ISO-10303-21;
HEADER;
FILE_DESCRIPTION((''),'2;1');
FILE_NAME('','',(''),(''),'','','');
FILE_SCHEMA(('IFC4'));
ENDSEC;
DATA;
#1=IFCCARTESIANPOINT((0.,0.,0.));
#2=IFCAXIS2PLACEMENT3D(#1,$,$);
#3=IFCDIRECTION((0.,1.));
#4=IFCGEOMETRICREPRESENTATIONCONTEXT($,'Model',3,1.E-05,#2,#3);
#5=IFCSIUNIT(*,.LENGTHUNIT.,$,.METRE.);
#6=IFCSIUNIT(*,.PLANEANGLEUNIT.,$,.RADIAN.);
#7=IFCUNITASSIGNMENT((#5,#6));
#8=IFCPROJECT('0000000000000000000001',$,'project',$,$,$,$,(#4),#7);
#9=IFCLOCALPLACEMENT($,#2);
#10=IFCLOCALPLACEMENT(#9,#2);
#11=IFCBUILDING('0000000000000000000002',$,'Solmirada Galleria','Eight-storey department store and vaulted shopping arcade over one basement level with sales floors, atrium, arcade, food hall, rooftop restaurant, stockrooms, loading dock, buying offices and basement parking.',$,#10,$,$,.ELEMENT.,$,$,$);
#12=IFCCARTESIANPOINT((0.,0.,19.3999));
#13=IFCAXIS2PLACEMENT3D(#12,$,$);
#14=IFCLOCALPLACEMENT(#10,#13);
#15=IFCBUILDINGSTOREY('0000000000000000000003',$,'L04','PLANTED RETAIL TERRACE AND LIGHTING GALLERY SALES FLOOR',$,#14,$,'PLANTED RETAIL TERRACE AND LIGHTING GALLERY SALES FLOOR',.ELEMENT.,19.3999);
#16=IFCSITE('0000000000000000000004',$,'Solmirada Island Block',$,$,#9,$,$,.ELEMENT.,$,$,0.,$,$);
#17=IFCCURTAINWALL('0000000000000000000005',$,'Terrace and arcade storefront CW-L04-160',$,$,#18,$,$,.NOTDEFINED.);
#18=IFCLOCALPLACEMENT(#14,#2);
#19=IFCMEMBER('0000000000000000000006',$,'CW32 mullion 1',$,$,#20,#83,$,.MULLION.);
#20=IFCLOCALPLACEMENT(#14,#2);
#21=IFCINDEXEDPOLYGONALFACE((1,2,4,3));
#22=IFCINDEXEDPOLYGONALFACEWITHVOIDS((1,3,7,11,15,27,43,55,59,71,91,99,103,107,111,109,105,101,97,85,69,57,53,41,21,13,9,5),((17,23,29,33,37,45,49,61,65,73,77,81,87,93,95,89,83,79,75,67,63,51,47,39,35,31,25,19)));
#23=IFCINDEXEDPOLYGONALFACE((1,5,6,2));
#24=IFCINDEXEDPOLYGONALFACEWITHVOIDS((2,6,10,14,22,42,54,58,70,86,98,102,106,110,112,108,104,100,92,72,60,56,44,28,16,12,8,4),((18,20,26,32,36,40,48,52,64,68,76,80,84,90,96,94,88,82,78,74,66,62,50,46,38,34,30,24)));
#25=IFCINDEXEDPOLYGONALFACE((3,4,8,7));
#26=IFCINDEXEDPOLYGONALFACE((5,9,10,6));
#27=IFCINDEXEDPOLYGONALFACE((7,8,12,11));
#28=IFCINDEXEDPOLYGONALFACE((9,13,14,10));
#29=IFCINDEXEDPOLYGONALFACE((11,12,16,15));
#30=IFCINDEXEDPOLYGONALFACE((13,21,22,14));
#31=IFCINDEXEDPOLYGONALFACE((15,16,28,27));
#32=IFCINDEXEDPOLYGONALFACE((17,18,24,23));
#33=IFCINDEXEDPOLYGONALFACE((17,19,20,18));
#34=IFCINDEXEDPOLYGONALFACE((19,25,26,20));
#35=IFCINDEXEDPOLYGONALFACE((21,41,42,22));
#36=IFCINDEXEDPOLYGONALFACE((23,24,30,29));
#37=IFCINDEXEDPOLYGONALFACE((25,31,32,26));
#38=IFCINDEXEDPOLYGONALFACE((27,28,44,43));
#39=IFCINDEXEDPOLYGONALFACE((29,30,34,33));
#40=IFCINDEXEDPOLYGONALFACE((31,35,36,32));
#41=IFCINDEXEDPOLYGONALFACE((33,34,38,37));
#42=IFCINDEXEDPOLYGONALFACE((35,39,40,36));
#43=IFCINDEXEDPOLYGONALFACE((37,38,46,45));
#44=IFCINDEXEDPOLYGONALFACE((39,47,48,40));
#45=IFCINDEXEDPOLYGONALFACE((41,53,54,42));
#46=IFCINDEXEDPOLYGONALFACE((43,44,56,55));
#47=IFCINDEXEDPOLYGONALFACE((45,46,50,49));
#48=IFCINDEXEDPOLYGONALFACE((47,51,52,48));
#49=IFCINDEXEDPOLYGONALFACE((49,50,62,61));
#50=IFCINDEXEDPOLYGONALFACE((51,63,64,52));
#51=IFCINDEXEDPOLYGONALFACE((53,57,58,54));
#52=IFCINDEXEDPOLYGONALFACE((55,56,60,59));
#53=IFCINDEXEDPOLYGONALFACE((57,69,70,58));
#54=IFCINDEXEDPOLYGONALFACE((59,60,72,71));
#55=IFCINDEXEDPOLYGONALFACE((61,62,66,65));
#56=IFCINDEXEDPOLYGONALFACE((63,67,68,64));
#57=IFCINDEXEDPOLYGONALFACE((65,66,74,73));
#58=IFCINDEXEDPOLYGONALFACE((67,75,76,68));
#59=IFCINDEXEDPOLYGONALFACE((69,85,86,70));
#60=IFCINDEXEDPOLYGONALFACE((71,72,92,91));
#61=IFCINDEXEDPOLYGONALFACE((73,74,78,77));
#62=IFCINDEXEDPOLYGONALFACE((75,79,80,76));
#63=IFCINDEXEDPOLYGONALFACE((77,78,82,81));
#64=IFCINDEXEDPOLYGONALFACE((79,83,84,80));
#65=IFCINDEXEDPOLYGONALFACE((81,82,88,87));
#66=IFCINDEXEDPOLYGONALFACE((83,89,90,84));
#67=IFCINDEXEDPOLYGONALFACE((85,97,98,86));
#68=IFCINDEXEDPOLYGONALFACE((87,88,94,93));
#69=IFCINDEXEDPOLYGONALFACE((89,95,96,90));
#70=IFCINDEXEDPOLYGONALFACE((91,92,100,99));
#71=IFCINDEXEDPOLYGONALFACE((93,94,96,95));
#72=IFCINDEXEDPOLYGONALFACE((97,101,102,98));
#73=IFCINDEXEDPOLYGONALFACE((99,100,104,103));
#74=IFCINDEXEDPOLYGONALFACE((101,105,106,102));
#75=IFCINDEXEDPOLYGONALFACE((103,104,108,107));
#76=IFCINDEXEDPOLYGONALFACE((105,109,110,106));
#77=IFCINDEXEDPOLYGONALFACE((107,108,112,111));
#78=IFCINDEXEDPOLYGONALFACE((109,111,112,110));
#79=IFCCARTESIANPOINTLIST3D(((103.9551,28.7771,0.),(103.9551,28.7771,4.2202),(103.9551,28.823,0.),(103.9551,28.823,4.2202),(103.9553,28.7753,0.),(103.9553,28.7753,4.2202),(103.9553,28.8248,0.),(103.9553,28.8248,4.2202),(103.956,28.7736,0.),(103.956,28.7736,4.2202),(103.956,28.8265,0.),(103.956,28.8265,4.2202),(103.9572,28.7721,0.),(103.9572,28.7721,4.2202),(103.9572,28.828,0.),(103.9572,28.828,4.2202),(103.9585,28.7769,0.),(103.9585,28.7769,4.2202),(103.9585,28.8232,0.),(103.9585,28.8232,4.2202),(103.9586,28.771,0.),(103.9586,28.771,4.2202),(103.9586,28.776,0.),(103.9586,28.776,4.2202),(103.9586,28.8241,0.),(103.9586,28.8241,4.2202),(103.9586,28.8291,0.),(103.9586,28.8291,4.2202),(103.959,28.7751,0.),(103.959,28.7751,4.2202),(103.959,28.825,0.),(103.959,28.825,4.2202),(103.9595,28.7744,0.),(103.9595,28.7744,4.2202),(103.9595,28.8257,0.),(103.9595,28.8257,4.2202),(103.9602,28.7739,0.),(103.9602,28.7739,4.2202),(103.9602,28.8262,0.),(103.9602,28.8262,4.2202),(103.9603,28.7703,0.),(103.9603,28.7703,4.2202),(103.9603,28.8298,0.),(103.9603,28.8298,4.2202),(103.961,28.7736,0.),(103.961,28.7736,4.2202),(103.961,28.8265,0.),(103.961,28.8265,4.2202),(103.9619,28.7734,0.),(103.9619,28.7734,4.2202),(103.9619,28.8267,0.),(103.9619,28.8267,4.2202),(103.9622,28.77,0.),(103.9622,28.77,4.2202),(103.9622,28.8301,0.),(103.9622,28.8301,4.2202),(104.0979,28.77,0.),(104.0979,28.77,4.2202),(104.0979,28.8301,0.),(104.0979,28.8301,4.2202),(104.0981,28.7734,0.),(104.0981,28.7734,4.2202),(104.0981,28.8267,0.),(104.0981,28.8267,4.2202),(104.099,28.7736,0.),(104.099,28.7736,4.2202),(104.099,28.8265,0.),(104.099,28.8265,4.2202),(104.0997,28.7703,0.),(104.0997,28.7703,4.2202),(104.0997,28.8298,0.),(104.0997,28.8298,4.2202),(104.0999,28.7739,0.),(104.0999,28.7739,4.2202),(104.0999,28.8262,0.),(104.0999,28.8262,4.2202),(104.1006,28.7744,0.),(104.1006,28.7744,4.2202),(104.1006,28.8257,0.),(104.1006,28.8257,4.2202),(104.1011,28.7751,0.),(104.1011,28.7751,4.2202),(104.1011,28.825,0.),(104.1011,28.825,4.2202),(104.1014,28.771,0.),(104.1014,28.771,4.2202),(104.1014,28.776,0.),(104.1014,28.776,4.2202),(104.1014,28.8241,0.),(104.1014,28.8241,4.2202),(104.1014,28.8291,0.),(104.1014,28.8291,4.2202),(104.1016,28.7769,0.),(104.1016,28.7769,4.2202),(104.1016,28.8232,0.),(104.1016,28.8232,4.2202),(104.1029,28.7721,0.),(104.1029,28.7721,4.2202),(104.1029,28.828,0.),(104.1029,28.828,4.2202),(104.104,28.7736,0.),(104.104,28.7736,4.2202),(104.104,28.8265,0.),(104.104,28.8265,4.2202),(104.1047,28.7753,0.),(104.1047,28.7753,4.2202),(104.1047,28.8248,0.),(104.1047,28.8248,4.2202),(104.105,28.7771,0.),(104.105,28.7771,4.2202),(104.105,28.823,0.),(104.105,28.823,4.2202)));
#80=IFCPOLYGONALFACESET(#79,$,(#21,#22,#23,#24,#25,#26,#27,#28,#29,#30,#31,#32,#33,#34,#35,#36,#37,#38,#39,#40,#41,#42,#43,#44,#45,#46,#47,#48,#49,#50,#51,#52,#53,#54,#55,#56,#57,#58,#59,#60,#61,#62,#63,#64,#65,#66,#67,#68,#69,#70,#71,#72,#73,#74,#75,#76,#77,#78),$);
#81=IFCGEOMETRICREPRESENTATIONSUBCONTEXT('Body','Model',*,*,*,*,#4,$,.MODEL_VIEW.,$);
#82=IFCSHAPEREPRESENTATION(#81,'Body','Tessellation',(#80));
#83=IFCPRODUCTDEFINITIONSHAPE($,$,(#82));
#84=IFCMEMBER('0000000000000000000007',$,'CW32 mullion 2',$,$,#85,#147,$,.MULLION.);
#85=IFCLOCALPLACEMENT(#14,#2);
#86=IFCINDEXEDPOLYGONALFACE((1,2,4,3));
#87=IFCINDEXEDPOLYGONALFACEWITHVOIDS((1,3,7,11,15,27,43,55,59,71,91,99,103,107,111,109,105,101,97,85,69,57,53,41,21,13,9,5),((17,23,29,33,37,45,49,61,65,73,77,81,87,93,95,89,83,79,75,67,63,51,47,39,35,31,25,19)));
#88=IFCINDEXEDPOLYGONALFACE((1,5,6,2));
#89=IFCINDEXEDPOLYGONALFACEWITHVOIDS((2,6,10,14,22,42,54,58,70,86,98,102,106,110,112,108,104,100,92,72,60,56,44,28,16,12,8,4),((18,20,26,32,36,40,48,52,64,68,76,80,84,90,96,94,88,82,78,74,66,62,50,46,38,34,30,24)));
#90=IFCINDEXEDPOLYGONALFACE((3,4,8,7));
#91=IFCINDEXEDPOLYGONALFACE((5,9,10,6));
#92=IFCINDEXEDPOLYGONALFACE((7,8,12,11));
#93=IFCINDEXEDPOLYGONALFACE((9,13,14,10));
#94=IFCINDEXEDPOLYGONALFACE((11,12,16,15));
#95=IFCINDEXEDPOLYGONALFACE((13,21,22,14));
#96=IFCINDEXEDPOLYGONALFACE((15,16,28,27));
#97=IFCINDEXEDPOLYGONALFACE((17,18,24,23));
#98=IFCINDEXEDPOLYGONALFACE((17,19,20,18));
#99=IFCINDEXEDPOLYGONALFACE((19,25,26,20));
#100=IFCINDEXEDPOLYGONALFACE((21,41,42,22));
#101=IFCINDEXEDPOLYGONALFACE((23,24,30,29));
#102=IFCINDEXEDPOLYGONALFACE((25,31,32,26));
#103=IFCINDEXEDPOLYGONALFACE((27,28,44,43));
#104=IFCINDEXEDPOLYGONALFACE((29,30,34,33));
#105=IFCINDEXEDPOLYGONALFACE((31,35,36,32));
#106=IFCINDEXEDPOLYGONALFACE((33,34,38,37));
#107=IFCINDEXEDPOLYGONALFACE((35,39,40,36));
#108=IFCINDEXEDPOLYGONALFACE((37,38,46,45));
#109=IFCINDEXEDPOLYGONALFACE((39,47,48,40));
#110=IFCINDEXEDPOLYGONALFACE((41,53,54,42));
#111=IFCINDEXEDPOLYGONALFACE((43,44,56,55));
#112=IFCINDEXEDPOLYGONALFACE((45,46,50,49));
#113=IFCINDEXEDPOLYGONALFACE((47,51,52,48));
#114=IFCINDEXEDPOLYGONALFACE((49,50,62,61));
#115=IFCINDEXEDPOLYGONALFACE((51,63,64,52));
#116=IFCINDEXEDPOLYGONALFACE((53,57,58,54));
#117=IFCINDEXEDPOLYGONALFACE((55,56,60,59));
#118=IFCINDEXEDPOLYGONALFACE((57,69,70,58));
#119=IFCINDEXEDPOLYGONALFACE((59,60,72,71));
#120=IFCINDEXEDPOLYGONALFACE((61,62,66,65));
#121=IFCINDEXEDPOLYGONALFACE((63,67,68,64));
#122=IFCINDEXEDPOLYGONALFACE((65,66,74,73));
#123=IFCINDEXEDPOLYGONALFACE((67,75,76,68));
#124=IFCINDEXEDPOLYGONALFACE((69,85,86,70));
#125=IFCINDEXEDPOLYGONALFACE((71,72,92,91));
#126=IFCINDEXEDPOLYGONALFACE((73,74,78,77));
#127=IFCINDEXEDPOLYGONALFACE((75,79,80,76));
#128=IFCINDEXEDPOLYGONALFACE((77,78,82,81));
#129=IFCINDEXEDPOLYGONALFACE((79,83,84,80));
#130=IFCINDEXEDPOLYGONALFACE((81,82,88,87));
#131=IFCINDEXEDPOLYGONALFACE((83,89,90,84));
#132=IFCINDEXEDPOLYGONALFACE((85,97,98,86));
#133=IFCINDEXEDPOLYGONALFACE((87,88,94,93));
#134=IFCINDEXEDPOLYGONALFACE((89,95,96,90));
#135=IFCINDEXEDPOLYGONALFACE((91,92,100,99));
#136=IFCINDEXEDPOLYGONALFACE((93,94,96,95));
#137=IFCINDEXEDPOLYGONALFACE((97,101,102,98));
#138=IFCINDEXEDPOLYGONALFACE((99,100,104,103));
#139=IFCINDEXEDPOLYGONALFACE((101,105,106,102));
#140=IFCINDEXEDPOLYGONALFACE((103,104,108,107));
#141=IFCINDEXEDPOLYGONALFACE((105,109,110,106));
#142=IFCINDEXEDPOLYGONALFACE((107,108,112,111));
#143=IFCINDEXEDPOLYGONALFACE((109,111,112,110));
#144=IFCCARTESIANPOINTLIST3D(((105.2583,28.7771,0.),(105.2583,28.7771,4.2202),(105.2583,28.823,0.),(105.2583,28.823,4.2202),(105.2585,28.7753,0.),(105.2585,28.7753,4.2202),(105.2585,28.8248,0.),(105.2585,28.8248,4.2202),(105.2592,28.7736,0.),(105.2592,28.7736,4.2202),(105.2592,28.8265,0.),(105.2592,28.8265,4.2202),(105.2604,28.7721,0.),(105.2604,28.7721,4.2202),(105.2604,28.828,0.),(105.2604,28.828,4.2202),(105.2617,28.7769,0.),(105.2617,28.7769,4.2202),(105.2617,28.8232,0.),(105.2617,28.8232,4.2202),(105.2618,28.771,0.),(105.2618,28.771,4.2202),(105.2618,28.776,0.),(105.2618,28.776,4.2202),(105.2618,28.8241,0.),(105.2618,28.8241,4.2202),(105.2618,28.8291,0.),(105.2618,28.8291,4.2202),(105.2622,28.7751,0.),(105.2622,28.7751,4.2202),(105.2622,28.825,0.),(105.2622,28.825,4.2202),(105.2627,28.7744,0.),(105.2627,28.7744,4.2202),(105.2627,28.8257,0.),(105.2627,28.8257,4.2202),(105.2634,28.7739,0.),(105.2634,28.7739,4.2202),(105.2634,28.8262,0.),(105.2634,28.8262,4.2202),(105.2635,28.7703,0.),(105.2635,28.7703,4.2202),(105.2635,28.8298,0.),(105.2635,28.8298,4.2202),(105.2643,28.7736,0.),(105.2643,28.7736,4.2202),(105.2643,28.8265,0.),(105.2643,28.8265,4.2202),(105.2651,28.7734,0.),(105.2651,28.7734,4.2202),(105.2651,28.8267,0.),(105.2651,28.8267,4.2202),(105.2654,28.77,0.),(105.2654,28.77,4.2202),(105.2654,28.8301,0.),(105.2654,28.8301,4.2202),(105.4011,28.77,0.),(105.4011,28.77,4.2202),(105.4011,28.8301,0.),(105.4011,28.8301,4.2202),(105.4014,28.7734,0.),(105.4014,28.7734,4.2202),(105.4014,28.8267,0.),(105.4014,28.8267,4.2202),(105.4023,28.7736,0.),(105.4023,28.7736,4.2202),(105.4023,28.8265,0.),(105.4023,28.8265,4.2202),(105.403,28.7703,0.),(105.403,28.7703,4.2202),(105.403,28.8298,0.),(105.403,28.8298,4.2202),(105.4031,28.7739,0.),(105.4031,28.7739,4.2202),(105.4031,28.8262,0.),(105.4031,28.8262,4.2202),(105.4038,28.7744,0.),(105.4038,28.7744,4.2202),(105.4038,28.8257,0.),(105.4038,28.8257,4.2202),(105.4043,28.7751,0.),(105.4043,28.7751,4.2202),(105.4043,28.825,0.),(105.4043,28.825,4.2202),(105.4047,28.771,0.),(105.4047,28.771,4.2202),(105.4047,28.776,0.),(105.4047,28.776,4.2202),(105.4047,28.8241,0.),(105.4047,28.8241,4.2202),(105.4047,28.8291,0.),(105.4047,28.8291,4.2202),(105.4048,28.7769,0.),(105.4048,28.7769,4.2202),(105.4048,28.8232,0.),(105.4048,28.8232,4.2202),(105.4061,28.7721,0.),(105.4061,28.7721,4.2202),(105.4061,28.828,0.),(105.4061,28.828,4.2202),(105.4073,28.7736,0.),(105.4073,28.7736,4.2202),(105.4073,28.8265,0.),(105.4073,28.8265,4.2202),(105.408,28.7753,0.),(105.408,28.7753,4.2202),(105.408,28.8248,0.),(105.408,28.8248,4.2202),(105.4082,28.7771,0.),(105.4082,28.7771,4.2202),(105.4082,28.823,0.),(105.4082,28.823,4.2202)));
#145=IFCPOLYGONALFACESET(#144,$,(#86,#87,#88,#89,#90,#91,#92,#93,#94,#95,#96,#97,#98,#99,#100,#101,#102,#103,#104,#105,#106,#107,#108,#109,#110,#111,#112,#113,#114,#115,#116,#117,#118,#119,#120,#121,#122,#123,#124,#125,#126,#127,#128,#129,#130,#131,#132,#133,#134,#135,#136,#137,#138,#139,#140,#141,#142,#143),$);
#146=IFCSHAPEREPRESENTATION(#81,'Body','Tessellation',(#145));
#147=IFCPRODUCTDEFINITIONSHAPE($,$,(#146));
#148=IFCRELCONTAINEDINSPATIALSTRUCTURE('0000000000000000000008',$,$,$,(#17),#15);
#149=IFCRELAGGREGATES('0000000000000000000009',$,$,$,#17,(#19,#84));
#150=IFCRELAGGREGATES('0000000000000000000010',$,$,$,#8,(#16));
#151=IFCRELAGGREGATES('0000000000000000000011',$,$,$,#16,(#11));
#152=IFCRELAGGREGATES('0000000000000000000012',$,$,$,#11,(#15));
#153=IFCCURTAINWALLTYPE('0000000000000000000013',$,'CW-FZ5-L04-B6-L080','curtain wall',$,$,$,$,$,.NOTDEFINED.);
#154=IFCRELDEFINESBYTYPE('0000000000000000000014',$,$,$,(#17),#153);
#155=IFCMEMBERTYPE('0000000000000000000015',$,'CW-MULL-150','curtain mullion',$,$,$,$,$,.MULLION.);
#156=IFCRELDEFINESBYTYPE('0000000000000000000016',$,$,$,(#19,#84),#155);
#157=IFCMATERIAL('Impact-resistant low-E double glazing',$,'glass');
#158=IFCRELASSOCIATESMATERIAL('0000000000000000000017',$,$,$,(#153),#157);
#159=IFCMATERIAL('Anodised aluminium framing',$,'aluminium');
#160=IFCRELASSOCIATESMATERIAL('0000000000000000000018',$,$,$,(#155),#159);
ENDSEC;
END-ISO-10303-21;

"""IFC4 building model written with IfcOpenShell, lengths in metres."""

from ifc_helpers import new_model, si_unit, direction, frame, origin, origin_2d, place, context, subcontext, project, spatial, hollow_rectangle, extrude, material, material_profile, profile_set, type_object, element, aggregate, save


model = new_model("IFC4")

# Units and contexts
model_context = context("Model", 3, precision=1e-05, world=origin(), true_north=direction((0.0, 1.0)))
body_context = subcontext(model_context, "Body", "Model", "MODEL_VIEW")
ifc_project = project(units=[si_unit("LENGTHUNIT", "METRE"), si_unit("PLANEANGLEUNIT", "RADIAN")], contexts=[model_context])

# Site, building, storey
site_placement = place(None, origin())
site = spatial("IfcSite", under=ifc_project, at=site_placement, Name="Solmirada Island Block", CompositionType="ELEMENT", RefElevation=0.0)
building_placement = place(site_placement, origin())
building = spatial("IfcBuilding", under=site, at=building_placement, Name="Solmirada Galleria", Description="Eight-storey department store and vaulted shopping arcade over one basement level with sales floors, atrium, arcade, food hall, rooftop restaurant, stockrooms, loading dock, buying offices and basement parking.", CompositionType="ELEMENT")
storey_placement = place(building_placement, frame((0.0, 0.0, 19.3999)))
storey = spatial("IfcBuildingStorey", under=building, at=storey_placement, Name="L04", Description="PLANTED RETAIL TERRACE AND LIGHTING GALLERY SALES FLOOR", LongName="PLANTED RETAIL TERRACE AND LIGHTING GALLERY SALES FLOOR", CompositionType="ELEMENT", Elevation=19.3999)

# Curtain wall, members
ifc_material_1 = material(Name="Impact-resistant low-E double glazing", Category="glass")
curtain_wall_type = type_object("IfcCurtainWallType", Name="CW-FZ5-L04-B6-L080", Description="curtain wall", PredefinedType="NOTDEFINED", material=ifc_material_1)
ifc_material_2 = material(Name="Anodised aluminium framing", Category="aluminium")
ifc_material_profile_1 = material_profile(ifc_material_2, hollow_rectangle(XDim=0.0601, YDim=0.1499, WallThickness=0.0034, InnerFilletRadius=0.0034, OuterFilletRadius=0.0071, at=origin_2d()), Name="ALU-MULL-150X60")
ifc_profile_set_1 = profile_set([ifc_material_profile_1], Name="Anodised aluminium framing")
member_type_1 = type_object("IfcMemberType", Name="CW-MULL-150", Description="curtain mullion", PredefinedType="MULLION", material=ifc_profile_set_1)
curtain_wall_1_placement = place(storey_placement, origin())
curtain_wall_1 = element("IfcCurtainWall", 1, at=curtain_wall_1_placement, inside=storey, type_object=curtain_wall_type, Name="Terrace and arcade storefront CW-L04-160", PredefinedType="NOTDEFINED")
member_1_placement = place(storey_placement, frame((104.03, 28.8, 0.0), z_axis=(0.0, 0.0, 1.0), x_axis=(0.0, 1.0, 0.0)))
member_1 = element("IfcMember", 2, at=member_1_placement, type_object=member_type_1, Name="CW32 mullion 1", PredefinedType="MULLION", context=body_context, shape_type="SweptSolid", body=[
    extrude(hollow_rectangle(XDim=0.0601, YDim=0.1499, WallThickness=0.0034, InnerFilletRadius=0.0034, OuterFilletRadius=0.0071, at=origin_2d()), origin(), (0.0, 0.0, 1.0), 4.2202),
])
member_2_placement = place(storey_placement, frame((105.3333, 28.8, 0.0), z_axis=(0.0, 0.0, 1.0), x_axis=(0.0, 1.0, 0.0)))
member_2 = element("IfcMember", 3, at=member_2_placement, type_object=member_type_1, Name="CW32 mullion 2", PredefinedType="MULLION", context=body_context, shape_type="SweptSolid", body=[
    extrude(hollow_rectangle(XDim=0.0601, YDim=0.1499, WallThickness=0.0034, InnerFilletRadius=0.0034, OuterFilletRadius=0.0071, at=origin_2d()), origin(), (0.0, 0.0, 1.0), 4.2202),
])

aggregate(curtain_wall_1, [member_1, member_2])

save(model, "model.ifc")
